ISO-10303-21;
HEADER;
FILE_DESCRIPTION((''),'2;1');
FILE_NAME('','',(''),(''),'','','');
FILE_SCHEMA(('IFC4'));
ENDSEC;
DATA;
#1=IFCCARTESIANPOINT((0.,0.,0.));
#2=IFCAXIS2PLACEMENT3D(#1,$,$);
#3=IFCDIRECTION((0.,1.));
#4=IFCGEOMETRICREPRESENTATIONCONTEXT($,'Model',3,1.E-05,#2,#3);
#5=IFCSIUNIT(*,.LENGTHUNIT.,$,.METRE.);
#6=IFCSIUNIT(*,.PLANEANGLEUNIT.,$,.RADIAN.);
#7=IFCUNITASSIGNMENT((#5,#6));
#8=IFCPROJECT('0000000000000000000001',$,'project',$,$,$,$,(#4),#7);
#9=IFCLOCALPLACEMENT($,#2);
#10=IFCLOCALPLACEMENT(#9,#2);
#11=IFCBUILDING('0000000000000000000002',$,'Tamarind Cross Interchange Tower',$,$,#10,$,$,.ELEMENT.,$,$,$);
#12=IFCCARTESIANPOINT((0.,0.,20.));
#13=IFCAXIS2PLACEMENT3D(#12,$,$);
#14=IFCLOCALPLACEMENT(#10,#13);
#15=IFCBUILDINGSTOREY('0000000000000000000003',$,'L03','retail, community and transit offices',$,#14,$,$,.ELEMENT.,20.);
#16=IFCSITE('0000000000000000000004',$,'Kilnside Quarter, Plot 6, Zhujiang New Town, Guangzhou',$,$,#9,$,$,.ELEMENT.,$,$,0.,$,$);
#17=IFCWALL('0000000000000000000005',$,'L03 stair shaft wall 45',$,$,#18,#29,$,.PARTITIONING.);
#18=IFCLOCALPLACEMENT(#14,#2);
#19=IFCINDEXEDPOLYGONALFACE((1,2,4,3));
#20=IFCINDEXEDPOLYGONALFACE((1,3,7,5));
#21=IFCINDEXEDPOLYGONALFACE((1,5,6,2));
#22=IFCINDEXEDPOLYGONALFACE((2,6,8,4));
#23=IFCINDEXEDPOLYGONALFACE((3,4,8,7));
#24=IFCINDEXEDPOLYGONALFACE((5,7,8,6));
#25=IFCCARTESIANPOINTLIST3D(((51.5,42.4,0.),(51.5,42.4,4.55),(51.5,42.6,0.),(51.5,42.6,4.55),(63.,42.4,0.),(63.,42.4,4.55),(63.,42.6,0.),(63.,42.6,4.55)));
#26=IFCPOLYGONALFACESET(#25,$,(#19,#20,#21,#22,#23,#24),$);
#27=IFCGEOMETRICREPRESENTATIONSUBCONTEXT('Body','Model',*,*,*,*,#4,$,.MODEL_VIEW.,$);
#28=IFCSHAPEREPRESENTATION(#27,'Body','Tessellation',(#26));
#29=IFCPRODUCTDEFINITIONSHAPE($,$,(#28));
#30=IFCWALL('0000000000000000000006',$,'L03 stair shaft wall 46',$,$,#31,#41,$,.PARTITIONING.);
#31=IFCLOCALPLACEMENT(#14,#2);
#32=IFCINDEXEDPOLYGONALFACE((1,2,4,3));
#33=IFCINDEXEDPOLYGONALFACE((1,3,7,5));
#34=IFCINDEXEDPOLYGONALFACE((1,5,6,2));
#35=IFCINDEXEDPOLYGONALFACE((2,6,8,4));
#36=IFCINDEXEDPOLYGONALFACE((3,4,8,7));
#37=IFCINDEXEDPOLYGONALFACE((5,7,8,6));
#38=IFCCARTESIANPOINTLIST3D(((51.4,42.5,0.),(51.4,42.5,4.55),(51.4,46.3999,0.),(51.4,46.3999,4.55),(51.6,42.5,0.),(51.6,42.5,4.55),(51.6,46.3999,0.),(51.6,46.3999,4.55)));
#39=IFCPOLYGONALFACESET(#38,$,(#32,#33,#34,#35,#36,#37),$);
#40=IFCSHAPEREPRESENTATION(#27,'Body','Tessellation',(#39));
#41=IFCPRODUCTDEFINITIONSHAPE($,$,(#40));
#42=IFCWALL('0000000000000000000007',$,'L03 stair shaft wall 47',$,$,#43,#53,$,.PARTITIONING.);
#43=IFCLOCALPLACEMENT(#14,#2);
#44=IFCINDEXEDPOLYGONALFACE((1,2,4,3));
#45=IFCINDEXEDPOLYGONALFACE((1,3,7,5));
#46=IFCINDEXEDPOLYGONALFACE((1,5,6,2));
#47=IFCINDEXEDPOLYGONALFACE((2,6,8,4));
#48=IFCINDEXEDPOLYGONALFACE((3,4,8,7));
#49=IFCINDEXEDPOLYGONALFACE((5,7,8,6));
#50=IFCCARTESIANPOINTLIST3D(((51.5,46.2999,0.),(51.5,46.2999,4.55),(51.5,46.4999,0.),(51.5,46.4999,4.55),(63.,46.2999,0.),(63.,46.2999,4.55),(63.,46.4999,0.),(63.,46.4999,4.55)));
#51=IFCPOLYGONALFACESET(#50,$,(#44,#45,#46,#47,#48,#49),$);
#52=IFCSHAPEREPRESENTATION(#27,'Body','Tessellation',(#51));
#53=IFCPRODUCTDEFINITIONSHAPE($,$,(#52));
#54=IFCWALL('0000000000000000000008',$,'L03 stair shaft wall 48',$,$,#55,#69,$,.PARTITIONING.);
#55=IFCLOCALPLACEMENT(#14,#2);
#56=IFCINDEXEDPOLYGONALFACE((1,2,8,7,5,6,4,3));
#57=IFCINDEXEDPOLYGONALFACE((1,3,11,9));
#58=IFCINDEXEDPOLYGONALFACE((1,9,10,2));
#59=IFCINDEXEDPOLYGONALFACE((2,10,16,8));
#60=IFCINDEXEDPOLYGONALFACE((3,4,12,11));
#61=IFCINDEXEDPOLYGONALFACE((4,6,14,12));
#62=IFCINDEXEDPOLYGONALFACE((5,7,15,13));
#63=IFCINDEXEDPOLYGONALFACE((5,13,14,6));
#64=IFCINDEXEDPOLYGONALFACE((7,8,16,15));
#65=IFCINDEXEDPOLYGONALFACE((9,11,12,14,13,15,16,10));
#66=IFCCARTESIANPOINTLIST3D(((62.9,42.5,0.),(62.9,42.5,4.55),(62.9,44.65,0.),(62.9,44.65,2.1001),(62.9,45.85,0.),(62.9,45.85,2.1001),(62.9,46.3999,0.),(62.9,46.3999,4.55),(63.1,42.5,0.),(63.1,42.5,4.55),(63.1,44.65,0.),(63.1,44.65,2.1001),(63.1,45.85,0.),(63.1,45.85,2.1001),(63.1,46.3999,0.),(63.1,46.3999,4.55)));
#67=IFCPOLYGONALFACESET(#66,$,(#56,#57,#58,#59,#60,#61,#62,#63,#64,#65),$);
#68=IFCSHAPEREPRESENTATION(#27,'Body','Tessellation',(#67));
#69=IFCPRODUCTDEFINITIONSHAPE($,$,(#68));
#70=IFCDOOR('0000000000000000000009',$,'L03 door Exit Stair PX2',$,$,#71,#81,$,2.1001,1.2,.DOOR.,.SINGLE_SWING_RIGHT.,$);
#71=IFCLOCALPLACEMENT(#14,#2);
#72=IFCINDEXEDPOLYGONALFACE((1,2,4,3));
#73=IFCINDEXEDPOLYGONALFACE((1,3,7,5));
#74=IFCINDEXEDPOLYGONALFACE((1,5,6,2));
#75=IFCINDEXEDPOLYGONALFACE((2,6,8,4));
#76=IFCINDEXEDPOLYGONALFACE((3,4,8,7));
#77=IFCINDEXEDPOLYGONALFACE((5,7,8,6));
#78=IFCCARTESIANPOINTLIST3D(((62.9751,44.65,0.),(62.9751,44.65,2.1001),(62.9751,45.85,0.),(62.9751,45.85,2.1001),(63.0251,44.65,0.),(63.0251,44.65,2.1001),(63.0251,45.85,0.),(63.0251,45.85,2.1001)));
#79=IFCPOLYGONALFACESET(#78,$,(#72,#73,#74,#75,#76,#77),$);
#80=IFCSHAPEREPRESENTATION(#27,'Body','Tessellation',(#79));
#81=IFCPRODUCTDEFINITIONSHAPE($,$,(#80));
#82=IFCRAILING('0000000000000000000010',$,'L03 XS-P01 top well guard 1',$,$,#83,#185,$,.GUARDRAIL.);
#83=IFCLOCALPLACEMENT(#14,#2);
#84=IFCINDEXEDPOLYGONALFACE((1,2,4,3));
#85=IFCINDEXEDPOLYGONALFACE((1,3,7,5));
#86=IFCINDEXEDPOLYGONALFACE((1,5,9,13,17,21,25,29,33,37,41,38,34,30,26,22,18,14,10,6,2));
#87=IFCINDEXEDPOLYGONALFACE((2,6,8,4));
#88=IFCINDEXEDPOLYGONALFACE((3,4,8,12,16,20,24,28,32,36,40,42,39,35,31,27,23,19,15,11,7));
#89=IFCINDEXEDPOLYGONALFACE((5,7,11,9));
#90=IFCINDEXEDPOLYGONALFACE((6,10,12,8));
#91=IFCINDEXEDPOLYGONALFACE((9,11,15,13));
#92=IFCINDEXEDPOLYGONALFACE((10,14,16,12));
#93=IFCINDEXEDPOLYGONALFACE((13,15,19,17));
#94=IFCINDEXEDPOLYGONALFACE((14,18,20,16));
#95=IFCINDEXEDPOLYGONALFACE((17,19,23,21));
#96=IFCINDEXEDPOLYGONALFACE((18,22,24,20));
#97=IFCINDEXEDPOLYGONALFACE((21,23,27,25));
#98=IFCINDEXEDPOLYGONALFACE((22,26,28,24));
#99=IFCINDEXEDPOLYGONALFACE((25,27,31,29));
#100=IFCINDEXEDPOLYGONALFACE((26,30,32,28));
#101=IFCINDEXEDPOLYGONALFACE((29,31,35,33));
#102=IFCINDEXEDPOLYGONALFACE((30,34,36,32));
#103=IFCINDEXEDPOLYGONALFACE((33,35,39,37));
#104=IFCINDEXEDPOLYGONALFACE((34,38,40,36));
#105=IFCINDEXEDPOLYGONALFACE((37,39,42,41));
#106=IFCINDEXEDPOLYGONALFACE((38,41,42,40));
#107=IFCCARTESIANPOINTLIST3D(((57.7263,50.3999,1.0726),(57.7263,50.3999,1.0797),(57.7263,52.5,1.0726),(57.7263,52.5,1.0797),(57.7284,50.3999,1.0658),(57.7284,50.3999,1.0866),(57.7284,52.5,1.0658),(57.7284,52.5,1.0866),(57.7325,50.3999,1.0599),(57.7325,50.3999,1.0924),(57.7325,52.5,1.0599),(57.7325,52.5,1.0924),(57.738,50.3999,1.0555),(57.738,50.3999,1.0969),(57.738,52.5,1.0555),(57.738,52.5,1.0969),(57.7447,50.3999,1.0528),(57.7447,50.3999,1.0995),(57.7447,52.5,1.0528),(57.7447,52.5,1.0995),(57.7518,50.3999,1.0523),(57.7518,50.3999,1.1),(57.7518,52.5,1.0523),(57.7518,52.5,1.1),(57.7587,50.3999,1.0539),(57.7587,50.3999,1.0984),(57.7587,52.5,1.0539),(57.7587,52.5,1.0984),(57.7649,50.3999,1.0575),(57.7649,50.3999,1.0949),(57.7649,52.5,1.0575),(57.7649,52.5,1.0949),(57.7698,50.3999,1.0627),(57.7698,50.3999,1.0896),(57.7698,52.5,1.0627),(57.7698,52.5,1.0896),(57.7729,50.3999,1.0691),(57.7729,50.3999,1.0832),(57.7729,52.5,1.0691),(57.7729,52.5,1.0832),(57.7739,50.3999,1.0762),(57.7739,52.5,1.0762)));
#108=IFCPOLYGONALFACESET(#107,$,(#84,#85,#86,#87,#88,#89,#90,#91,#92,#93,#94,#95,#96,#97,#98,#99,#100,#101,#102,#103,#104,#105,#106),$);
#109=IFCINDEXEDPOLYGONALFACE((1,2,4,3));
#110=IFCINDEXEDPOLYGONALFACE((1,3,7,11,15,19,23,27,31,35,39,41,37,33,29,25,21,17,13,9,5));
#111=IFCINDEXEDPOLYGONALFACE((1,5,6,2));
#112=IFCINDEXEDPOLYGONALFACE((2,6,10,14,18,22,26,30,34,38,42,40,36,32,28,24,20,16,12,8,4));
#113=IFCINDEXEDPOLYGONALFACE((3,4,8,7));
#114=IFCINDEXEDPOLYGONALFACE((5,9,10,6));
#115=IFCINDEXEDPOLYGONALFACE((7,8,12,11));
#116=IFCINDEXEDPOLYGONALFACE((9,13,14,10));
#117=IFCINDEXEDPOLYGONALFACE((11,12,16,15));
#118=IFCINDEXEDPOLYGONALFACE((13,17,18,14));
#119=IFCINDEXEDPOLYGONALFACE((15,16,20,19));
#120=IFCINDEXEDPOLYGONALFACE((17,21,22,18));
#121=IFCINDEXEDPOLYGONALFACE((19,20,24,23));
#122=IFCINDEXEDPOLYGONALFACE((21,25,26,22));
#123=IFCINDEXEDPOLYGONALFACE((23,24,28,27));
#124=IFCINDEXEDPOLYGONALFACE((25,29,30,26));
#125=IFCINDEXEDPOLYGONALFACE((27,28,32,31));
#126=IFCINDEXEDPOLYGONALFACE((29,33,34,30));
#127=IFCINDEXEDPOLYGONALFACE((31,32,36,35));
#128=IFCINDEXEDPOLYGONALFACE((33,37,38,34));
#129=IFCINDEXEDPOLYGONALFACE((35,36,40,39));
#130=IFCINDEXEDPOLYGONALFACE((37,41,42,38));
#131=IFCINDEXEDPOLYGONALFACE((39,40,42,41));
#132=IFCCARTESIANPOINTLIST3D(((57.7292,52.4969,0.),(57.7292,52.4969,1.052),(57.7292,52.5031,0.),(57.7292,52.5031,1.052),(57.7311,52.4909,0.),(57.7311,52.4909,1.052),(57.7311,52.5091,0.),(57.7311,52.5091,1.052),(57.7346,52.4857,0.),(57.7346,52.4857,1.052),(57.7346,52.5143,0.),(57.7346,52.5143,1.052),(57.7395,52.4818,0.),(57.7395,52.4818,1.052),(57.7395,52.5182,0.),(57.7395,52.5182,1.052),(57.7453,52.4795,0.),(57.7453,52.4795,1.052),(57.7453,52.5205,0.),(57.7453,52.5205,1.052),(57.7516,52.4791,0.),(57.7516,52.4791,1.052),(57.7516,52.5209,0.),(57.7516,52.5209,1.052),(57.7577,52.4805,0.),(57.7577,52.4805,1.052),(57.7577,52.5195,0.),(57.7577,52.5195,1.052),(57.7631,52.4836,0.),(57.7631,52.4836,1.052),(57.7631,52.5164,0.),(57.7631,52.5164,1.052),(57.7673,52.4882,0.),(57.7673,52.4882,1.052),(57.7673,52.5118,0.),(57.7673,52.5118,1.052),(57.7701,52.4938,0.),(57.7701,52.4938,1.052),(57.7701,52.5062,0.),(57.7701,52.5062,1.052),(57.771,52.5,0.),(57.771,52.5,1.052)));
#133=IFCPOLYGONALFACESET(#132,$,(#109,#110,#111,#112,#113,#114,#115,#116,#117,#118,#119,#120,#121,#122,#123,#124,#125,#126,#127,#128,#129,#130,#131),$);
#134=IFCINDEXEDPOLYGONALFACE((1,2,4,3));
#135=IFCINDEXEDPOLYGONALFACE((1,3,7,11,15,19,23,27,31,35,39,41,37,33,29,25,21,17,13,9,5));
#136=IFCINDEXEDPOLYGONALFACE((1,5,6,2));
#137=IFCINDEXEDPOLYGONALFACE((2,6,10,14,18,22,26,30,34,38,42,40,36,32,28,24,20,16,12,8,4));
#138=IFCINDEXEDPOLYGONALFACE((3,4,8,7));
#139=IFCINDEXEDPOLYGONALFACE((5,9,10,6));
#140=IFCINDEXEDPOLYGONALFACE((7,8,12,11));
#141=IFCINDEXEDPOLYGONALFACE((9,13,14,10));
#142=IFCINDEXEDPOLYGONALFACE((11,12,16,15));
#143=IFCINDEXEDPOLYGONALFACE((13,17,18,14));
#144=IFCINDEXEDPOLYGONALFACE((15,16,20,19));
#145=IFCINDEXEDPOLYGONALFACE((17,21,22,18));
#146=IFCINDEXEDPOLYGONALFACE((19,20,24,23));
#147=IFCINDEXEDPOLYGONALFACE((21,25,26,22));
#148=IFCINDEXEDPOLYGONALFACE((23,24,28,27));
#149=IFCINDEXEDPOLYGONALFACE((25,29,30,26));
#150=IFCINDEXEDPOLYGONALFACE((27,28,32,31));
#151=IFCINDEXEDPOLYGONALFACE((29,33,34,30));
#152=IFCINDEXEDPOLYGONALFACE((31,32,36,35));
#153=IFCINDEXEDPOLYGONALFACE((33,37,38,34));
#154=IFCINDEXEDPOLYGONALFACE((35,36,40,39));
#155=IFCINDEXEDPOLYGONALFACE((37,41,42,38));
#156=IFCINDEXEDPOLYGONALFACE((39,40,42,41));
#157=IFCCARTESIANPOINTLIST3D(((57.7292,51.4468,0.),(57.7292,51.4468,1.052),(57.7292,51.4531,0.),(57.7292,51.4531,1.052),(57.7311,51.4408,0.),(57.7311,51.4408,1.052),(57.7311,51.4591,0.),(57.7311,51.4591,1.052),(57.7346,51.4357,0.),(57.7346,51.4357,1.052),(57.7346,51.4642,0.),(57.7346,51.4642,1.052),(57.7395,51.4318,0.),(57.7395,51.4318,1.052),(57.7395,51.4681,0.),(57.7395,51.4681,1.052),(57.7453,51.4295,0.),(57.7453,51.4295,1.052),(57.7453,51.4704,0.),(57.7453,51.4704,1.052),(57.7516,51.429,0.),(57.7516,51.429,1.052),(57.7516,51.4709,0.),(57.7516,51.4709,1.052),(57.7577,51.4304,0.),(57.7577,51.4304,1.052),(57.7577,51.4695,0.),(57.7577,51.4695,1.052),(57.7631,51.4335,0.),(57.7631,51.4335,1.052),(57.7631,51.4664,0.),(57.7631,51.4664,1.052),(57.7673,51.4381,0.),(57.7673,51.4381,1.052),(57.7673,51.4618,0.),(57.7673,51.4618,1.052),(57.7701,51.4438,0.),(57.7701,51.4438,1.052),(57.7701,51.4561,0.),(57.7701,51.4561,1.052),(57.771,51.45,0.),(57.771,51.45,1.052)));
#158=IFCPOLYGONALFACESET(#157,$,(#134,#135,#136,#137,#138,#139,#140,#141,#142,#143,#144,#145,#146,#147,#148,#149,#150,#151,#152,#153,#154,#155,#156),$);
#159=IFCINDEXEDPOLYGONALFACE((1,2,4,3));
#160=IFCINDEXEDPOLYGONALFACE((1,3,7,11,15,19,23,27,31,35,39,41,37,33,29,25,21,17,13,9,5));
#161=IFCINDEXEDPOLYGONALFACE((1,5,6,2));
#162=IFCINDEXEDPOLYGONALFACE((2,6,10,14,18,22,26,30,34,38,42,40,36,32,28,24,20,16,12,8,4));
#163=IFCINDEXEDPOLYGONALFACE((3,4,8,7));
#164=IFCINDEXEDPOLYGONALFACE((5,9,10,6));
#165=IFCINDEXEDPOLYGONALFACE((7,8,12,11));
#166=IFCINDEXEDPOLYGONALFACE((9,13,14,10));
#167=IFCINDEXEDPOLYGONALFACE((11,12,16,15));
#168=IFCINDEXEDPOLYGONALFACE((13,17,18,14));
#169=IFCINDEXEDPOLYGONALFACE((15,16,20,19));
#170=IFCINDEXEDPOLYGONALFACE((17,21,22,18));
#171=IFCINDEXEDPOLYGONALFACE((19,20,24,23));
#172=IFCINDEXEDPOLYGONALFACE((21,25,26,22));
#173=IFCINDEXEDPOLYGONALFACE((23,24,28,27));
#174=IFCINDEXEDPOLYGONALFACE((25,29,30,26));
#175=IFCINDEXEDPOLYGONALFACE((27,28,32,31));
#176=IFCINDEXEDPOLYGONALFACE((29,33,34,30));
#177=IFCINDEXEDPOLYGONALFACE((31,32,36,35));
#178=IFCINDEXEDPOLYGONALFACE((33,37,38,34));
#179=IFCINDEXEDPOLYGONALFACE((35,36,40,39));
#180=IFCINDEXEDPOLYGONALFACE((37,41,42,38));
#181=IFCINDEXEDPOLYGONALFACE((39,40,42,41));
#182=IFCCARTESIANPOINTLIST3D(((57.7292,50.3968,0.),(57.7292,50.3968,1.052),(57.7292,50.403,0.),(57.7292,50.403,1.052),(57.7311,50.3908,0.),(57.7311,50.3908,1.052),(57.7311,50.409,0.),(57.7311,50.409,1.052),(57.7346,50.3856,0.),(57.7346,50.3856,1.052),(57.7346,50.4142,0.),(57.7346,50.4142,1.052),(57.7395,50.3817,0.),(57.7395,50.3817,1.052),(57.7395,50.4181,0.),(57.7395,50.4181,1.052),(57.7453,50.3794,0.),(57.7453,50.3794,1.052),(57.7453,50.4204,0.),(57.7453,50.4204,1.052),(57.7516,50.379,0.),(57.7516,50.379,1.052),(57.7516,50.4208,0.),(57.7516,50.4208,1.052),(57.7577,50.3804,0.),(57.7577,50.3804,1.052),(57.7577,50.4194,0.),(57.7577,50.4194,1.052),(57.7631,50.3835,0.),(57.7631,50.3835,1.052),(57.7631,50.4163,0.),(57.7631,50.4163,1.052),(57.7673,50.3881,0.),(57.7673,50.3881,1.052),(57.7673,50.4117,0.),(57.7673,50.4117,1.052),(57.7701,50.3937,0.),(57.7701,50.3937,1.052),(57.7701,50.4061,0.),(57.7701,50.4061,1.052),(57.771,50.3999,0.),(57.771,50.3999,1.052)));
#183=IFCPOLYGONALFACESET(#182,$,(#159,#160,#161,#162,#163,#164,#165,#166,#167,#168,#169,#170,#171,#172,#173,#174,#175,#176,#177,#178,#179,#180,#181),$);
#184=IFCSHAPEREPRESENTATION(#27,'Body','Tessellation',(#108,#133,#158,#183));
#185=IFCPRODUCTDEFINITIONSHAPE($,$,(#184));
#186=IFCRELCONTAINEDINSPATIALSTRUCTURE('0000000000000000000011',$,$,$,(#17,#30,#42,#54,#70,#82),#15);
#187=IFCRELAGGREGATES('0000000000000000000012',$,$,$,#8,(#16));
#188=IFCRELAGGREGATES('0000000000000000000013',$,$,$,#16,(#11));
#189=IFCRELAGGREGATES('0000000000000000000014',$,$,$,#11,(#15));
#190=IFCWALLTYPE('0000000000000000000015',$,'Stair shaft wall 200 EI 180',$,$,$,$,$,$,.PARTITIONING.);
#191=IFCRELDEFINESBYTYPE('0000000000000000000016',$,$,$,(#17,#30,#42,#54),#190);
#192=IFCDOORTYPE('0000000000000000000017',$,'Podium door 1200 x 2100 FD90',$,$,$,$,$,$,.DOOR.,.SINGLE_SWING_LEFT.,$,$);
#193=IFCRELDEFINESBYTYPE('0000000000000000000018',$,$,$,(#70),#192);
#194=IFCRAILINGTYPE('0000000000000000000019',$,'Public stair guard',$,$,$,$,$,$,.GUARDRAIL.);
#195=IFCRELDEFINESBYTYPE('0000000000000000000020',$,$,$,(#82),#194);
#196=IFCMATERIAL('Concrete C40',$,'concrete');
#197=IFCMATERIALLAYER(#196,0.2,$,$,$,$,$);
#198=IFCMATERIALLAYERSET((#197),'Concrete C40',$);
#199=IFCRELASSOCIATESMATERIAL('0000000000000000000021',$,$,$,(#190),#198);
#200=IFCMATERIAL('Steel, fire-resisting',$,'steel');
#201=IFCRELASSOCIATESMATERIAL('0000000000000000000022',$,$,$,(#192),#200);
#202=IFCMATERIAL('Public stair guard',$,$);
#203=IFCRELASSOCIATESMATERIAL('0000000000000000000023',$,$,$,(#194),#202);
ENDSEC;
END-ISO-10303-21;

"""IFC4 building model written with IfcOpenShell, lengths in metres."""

from ifc_helpers import new_model, si_unit, direction, frame, frame_2d, origin, origin_2d, place, context, subcontext, project, spatial, rectangle, circle, extrude, material, layer, layer_set, type_object, element, fill, save


model = new_model("IFC4")

# Units and contexts
model_context = context("Model", 3, precision=1e-05, world=origin(), true_north=direction((0.0, 1.0)))
body_context = subcontext(model_context, "Body", "Model", "MODEL_VIEW")
ifc_project = project(units=[si_unit("LENGTHUNIT", "METRE"), si_unit("PLANEANGLEUNIT", "RADIAN")], contexts=[model_context])

# Site, building, storey
site_placement = place(None, origin())
site = spatial("IfcSite", under=ifc_project, at=site_placement, Name="Kilnside Quarter, Plot 6, Zhujiang New Town, Guangzhou", CompositionType="ELEMENT", RefElevation=0.0)
building_placement = place(site_placement, origin())
building = spatial("IfcBuilding", under=site, at=building_placement, Name="Tamarind Cross Interchange Tower", CompositionType="ELEMENT")
storey_placement = place(building_placement, frame((0.0, 0.0, 20.0)))
storey = spatial("IfcBuildingStorey", under=building, at=storey_placement, Name="L03", Description="retail, community and transit offices", CompositionType="ELEMENT", Elevation=20.0)

# Shared definitions
ifc_material_1 = material(Name="Steel, fire-resisting", Category="steel")

# Walls
ifc_material_2 = material(Name="Concrete C40", Category="concrete")
ifc_layer_1 = layer(ifc_material_2, 0.2)
ifc_layer_set_1 = layer_set([ifc_layer_1], Name="Concrete C40")
wall_type_1 = type_object("IfcWallType", Name="Stair shaft wall 200 EI 180", PredefinedType="PARTITIONING", material=ifc_layer_set_1)
wall_1_placement = place(storey_placement, frame((51.5, 42.5, 0.0), z_axis=(0.0, 0.0, 1.0), x_axis=(1.0, 0.0, 0.0)))
element("IfcWall", 1, at=wall_1_placement, inside=storey, type_object=wall_type_1, Name="L03 stair shaft wall 45", PredefinedType="PARTITIONING", context=body_context, shape_type="SweptSolid", body=[
    extrude(rectangle(XDim=11.5, YDim=0.2, at=frame_2d((5.75, 0.0))), origin(), (0.0, 0.0, 1.0), 4.55),
])
wall_2_placement = place(storey_placement, frame((51.5, 42.5, 0.0), z_axis=(0.0, 0.0, 1.0), x_axis=(0.0, 1.0, 0.0)))
element("IfcWall", 2, at=wall_2_placement, inside=storey, type_object=wall_type_1, Name="L03 stair shaft wall 46", PredefinedType="PARTITIONING", context=body_context, shape_type="SweptSolid", body=[
    extrude(rectangle(XDim=3.8999, YDim=0.2, at=frame_2d((1.95, 0.0))), origin(), (0.0, 0.0, 1.0), 4.55),
])
wall_3_placement = place(storey_placement, frame((51.5, 46.3999, 0.0), z_axis=(0.0, 0.0, 1.0), x_axis=(1.0, 0.0, 0.0)))
element("IfcWall", 3, at=wall_3_placement, inside=storey, type_object=wall_type_1, Name="L03 stair shaft wall 47", PredefinedType="PARTITIONING", context=body_context, shape_type="SweptSolid", body=[
    extrude(rectangle(XDim=11.5, YDim=0.2, at=frame_2d((5.75, 0.0))), origin(), (0.0, 0.0, 1.0), 4.55),
])

# Wall, opening, door
wall_4_placement = place(storey_placement, frame((63.0, 42.5, 0.0), z_axis=(0.0, 0.0, 1.0), x_axis=(0.0, 1.0, 0.0)))
wall_4 = element("IfcWall", 4, at=wall_4_placement, inside=storey, type_object=wall_type_1, Name="L03 stair shaft wall 48", PredefinedType="PARTITIONING", context=body_context, shape_type="SweptSolid", body=[
    extrude(rectangle(XDim=3.8999, YDim=0.2, at=frame_2d((1.95, 0.0))), origin(), (0.0, 0.0, 1.0), 4.55),
])
opening_1_placement = place(wall_4_placement, frame((2.1499, 0.0, 0.0)))
opening_1 = element("IfcOpeningElement", 5, at=opening_1_placement, cuts=wall_4, PredefinedType="OPENING", context=body_context, shape_type="SweptSolid", body=[
    extrude(rectangle(XDim=1.2, YDim=2.1001, at=frame_2d((0.6001, 1.05))), frame((0.0, 0.1099, 0.0), z_axis=(0.0, -1.0, 0.0), x_axis=(1.0, 0.0, 0.0)), (0.0, 0.0, 1.0), 0.22),
])
door_type_1 = type_object("IfcDoorType", Name="Podium door 1200 x 2100 FD90", OperationType="SINGLE_SWING_LEFT", PredefinedType="DOOR", material=ifc_material_1)
door_1_placement = place(opening_1_placement, origin())
door_1 = element("IfcDoor", 6, at=door_1_placement, inside=storey, type_object=door_type_1, Name="L03 door Exit Stair PX2", OperationType="SINGLE_SWING_RIGHT", OverallHeight=2.1001, OverallWidth=1.2, PredefinedType="DOOR", context=body_context, shape_type="SweptSolid", body=[
    extrude(rectangle(XDim=1.2, YDim=2.1001, at=frame_2d((0.6001, 1.05))), frame((0.0, 0.0249, 0.0), z_axis=(0.0, -1.0, 0.0), x_axis=(1.0, 0.0, 0.0)), (0.0, 0.0, 1.0), 0.05),
])
fill(opening_1, door_1)

# Railing
ifc_material_3 = material(Name="Public stair guard")
railing_type = type_object("IfcRailingType", Name="Public stair guard", PredefinedType="GUARDRAIL", material=ifc_material_3)
railing_1_placement = place(storey_placement, frame((57.75, 52.5, 0.0)))
element("IfcRailing", 7, at=railing_1_placement, inside=storey, type_object=railing_type, Name="L03 XS-P01 top well guard 1", PredefinedType="GUARDRAIL", context=body_context, shape_type="SweptSolid", body=[
    extrude(circle(Radius=0.0239, at=origin_2d()), frame((0.0, 0.0, 1.0762), z_axis=(0.0, -1.0, 0.0), x_axis=(1.0, 0.0, 0.0)), (0.0, 0.0, 1.0), 2.1001),
    extrude(circle(Radius=0.021, at=origin_2d()), origin(), (0.0, 0.0, 1.0), 1.052),
    extrude(circle(Radius=0.021, at=origin_2d()), frame((0.0, -1.05, 0.0)), (0.0, 0.0, 1.0), 1.052),
    extrude(circle(Radius=0.021, at=origin_2d()), frame((0.0, -2.1001, 0.0)), (0.0, 0.0, 1.0), 1.052),
])

save(model, "model.ifc")
